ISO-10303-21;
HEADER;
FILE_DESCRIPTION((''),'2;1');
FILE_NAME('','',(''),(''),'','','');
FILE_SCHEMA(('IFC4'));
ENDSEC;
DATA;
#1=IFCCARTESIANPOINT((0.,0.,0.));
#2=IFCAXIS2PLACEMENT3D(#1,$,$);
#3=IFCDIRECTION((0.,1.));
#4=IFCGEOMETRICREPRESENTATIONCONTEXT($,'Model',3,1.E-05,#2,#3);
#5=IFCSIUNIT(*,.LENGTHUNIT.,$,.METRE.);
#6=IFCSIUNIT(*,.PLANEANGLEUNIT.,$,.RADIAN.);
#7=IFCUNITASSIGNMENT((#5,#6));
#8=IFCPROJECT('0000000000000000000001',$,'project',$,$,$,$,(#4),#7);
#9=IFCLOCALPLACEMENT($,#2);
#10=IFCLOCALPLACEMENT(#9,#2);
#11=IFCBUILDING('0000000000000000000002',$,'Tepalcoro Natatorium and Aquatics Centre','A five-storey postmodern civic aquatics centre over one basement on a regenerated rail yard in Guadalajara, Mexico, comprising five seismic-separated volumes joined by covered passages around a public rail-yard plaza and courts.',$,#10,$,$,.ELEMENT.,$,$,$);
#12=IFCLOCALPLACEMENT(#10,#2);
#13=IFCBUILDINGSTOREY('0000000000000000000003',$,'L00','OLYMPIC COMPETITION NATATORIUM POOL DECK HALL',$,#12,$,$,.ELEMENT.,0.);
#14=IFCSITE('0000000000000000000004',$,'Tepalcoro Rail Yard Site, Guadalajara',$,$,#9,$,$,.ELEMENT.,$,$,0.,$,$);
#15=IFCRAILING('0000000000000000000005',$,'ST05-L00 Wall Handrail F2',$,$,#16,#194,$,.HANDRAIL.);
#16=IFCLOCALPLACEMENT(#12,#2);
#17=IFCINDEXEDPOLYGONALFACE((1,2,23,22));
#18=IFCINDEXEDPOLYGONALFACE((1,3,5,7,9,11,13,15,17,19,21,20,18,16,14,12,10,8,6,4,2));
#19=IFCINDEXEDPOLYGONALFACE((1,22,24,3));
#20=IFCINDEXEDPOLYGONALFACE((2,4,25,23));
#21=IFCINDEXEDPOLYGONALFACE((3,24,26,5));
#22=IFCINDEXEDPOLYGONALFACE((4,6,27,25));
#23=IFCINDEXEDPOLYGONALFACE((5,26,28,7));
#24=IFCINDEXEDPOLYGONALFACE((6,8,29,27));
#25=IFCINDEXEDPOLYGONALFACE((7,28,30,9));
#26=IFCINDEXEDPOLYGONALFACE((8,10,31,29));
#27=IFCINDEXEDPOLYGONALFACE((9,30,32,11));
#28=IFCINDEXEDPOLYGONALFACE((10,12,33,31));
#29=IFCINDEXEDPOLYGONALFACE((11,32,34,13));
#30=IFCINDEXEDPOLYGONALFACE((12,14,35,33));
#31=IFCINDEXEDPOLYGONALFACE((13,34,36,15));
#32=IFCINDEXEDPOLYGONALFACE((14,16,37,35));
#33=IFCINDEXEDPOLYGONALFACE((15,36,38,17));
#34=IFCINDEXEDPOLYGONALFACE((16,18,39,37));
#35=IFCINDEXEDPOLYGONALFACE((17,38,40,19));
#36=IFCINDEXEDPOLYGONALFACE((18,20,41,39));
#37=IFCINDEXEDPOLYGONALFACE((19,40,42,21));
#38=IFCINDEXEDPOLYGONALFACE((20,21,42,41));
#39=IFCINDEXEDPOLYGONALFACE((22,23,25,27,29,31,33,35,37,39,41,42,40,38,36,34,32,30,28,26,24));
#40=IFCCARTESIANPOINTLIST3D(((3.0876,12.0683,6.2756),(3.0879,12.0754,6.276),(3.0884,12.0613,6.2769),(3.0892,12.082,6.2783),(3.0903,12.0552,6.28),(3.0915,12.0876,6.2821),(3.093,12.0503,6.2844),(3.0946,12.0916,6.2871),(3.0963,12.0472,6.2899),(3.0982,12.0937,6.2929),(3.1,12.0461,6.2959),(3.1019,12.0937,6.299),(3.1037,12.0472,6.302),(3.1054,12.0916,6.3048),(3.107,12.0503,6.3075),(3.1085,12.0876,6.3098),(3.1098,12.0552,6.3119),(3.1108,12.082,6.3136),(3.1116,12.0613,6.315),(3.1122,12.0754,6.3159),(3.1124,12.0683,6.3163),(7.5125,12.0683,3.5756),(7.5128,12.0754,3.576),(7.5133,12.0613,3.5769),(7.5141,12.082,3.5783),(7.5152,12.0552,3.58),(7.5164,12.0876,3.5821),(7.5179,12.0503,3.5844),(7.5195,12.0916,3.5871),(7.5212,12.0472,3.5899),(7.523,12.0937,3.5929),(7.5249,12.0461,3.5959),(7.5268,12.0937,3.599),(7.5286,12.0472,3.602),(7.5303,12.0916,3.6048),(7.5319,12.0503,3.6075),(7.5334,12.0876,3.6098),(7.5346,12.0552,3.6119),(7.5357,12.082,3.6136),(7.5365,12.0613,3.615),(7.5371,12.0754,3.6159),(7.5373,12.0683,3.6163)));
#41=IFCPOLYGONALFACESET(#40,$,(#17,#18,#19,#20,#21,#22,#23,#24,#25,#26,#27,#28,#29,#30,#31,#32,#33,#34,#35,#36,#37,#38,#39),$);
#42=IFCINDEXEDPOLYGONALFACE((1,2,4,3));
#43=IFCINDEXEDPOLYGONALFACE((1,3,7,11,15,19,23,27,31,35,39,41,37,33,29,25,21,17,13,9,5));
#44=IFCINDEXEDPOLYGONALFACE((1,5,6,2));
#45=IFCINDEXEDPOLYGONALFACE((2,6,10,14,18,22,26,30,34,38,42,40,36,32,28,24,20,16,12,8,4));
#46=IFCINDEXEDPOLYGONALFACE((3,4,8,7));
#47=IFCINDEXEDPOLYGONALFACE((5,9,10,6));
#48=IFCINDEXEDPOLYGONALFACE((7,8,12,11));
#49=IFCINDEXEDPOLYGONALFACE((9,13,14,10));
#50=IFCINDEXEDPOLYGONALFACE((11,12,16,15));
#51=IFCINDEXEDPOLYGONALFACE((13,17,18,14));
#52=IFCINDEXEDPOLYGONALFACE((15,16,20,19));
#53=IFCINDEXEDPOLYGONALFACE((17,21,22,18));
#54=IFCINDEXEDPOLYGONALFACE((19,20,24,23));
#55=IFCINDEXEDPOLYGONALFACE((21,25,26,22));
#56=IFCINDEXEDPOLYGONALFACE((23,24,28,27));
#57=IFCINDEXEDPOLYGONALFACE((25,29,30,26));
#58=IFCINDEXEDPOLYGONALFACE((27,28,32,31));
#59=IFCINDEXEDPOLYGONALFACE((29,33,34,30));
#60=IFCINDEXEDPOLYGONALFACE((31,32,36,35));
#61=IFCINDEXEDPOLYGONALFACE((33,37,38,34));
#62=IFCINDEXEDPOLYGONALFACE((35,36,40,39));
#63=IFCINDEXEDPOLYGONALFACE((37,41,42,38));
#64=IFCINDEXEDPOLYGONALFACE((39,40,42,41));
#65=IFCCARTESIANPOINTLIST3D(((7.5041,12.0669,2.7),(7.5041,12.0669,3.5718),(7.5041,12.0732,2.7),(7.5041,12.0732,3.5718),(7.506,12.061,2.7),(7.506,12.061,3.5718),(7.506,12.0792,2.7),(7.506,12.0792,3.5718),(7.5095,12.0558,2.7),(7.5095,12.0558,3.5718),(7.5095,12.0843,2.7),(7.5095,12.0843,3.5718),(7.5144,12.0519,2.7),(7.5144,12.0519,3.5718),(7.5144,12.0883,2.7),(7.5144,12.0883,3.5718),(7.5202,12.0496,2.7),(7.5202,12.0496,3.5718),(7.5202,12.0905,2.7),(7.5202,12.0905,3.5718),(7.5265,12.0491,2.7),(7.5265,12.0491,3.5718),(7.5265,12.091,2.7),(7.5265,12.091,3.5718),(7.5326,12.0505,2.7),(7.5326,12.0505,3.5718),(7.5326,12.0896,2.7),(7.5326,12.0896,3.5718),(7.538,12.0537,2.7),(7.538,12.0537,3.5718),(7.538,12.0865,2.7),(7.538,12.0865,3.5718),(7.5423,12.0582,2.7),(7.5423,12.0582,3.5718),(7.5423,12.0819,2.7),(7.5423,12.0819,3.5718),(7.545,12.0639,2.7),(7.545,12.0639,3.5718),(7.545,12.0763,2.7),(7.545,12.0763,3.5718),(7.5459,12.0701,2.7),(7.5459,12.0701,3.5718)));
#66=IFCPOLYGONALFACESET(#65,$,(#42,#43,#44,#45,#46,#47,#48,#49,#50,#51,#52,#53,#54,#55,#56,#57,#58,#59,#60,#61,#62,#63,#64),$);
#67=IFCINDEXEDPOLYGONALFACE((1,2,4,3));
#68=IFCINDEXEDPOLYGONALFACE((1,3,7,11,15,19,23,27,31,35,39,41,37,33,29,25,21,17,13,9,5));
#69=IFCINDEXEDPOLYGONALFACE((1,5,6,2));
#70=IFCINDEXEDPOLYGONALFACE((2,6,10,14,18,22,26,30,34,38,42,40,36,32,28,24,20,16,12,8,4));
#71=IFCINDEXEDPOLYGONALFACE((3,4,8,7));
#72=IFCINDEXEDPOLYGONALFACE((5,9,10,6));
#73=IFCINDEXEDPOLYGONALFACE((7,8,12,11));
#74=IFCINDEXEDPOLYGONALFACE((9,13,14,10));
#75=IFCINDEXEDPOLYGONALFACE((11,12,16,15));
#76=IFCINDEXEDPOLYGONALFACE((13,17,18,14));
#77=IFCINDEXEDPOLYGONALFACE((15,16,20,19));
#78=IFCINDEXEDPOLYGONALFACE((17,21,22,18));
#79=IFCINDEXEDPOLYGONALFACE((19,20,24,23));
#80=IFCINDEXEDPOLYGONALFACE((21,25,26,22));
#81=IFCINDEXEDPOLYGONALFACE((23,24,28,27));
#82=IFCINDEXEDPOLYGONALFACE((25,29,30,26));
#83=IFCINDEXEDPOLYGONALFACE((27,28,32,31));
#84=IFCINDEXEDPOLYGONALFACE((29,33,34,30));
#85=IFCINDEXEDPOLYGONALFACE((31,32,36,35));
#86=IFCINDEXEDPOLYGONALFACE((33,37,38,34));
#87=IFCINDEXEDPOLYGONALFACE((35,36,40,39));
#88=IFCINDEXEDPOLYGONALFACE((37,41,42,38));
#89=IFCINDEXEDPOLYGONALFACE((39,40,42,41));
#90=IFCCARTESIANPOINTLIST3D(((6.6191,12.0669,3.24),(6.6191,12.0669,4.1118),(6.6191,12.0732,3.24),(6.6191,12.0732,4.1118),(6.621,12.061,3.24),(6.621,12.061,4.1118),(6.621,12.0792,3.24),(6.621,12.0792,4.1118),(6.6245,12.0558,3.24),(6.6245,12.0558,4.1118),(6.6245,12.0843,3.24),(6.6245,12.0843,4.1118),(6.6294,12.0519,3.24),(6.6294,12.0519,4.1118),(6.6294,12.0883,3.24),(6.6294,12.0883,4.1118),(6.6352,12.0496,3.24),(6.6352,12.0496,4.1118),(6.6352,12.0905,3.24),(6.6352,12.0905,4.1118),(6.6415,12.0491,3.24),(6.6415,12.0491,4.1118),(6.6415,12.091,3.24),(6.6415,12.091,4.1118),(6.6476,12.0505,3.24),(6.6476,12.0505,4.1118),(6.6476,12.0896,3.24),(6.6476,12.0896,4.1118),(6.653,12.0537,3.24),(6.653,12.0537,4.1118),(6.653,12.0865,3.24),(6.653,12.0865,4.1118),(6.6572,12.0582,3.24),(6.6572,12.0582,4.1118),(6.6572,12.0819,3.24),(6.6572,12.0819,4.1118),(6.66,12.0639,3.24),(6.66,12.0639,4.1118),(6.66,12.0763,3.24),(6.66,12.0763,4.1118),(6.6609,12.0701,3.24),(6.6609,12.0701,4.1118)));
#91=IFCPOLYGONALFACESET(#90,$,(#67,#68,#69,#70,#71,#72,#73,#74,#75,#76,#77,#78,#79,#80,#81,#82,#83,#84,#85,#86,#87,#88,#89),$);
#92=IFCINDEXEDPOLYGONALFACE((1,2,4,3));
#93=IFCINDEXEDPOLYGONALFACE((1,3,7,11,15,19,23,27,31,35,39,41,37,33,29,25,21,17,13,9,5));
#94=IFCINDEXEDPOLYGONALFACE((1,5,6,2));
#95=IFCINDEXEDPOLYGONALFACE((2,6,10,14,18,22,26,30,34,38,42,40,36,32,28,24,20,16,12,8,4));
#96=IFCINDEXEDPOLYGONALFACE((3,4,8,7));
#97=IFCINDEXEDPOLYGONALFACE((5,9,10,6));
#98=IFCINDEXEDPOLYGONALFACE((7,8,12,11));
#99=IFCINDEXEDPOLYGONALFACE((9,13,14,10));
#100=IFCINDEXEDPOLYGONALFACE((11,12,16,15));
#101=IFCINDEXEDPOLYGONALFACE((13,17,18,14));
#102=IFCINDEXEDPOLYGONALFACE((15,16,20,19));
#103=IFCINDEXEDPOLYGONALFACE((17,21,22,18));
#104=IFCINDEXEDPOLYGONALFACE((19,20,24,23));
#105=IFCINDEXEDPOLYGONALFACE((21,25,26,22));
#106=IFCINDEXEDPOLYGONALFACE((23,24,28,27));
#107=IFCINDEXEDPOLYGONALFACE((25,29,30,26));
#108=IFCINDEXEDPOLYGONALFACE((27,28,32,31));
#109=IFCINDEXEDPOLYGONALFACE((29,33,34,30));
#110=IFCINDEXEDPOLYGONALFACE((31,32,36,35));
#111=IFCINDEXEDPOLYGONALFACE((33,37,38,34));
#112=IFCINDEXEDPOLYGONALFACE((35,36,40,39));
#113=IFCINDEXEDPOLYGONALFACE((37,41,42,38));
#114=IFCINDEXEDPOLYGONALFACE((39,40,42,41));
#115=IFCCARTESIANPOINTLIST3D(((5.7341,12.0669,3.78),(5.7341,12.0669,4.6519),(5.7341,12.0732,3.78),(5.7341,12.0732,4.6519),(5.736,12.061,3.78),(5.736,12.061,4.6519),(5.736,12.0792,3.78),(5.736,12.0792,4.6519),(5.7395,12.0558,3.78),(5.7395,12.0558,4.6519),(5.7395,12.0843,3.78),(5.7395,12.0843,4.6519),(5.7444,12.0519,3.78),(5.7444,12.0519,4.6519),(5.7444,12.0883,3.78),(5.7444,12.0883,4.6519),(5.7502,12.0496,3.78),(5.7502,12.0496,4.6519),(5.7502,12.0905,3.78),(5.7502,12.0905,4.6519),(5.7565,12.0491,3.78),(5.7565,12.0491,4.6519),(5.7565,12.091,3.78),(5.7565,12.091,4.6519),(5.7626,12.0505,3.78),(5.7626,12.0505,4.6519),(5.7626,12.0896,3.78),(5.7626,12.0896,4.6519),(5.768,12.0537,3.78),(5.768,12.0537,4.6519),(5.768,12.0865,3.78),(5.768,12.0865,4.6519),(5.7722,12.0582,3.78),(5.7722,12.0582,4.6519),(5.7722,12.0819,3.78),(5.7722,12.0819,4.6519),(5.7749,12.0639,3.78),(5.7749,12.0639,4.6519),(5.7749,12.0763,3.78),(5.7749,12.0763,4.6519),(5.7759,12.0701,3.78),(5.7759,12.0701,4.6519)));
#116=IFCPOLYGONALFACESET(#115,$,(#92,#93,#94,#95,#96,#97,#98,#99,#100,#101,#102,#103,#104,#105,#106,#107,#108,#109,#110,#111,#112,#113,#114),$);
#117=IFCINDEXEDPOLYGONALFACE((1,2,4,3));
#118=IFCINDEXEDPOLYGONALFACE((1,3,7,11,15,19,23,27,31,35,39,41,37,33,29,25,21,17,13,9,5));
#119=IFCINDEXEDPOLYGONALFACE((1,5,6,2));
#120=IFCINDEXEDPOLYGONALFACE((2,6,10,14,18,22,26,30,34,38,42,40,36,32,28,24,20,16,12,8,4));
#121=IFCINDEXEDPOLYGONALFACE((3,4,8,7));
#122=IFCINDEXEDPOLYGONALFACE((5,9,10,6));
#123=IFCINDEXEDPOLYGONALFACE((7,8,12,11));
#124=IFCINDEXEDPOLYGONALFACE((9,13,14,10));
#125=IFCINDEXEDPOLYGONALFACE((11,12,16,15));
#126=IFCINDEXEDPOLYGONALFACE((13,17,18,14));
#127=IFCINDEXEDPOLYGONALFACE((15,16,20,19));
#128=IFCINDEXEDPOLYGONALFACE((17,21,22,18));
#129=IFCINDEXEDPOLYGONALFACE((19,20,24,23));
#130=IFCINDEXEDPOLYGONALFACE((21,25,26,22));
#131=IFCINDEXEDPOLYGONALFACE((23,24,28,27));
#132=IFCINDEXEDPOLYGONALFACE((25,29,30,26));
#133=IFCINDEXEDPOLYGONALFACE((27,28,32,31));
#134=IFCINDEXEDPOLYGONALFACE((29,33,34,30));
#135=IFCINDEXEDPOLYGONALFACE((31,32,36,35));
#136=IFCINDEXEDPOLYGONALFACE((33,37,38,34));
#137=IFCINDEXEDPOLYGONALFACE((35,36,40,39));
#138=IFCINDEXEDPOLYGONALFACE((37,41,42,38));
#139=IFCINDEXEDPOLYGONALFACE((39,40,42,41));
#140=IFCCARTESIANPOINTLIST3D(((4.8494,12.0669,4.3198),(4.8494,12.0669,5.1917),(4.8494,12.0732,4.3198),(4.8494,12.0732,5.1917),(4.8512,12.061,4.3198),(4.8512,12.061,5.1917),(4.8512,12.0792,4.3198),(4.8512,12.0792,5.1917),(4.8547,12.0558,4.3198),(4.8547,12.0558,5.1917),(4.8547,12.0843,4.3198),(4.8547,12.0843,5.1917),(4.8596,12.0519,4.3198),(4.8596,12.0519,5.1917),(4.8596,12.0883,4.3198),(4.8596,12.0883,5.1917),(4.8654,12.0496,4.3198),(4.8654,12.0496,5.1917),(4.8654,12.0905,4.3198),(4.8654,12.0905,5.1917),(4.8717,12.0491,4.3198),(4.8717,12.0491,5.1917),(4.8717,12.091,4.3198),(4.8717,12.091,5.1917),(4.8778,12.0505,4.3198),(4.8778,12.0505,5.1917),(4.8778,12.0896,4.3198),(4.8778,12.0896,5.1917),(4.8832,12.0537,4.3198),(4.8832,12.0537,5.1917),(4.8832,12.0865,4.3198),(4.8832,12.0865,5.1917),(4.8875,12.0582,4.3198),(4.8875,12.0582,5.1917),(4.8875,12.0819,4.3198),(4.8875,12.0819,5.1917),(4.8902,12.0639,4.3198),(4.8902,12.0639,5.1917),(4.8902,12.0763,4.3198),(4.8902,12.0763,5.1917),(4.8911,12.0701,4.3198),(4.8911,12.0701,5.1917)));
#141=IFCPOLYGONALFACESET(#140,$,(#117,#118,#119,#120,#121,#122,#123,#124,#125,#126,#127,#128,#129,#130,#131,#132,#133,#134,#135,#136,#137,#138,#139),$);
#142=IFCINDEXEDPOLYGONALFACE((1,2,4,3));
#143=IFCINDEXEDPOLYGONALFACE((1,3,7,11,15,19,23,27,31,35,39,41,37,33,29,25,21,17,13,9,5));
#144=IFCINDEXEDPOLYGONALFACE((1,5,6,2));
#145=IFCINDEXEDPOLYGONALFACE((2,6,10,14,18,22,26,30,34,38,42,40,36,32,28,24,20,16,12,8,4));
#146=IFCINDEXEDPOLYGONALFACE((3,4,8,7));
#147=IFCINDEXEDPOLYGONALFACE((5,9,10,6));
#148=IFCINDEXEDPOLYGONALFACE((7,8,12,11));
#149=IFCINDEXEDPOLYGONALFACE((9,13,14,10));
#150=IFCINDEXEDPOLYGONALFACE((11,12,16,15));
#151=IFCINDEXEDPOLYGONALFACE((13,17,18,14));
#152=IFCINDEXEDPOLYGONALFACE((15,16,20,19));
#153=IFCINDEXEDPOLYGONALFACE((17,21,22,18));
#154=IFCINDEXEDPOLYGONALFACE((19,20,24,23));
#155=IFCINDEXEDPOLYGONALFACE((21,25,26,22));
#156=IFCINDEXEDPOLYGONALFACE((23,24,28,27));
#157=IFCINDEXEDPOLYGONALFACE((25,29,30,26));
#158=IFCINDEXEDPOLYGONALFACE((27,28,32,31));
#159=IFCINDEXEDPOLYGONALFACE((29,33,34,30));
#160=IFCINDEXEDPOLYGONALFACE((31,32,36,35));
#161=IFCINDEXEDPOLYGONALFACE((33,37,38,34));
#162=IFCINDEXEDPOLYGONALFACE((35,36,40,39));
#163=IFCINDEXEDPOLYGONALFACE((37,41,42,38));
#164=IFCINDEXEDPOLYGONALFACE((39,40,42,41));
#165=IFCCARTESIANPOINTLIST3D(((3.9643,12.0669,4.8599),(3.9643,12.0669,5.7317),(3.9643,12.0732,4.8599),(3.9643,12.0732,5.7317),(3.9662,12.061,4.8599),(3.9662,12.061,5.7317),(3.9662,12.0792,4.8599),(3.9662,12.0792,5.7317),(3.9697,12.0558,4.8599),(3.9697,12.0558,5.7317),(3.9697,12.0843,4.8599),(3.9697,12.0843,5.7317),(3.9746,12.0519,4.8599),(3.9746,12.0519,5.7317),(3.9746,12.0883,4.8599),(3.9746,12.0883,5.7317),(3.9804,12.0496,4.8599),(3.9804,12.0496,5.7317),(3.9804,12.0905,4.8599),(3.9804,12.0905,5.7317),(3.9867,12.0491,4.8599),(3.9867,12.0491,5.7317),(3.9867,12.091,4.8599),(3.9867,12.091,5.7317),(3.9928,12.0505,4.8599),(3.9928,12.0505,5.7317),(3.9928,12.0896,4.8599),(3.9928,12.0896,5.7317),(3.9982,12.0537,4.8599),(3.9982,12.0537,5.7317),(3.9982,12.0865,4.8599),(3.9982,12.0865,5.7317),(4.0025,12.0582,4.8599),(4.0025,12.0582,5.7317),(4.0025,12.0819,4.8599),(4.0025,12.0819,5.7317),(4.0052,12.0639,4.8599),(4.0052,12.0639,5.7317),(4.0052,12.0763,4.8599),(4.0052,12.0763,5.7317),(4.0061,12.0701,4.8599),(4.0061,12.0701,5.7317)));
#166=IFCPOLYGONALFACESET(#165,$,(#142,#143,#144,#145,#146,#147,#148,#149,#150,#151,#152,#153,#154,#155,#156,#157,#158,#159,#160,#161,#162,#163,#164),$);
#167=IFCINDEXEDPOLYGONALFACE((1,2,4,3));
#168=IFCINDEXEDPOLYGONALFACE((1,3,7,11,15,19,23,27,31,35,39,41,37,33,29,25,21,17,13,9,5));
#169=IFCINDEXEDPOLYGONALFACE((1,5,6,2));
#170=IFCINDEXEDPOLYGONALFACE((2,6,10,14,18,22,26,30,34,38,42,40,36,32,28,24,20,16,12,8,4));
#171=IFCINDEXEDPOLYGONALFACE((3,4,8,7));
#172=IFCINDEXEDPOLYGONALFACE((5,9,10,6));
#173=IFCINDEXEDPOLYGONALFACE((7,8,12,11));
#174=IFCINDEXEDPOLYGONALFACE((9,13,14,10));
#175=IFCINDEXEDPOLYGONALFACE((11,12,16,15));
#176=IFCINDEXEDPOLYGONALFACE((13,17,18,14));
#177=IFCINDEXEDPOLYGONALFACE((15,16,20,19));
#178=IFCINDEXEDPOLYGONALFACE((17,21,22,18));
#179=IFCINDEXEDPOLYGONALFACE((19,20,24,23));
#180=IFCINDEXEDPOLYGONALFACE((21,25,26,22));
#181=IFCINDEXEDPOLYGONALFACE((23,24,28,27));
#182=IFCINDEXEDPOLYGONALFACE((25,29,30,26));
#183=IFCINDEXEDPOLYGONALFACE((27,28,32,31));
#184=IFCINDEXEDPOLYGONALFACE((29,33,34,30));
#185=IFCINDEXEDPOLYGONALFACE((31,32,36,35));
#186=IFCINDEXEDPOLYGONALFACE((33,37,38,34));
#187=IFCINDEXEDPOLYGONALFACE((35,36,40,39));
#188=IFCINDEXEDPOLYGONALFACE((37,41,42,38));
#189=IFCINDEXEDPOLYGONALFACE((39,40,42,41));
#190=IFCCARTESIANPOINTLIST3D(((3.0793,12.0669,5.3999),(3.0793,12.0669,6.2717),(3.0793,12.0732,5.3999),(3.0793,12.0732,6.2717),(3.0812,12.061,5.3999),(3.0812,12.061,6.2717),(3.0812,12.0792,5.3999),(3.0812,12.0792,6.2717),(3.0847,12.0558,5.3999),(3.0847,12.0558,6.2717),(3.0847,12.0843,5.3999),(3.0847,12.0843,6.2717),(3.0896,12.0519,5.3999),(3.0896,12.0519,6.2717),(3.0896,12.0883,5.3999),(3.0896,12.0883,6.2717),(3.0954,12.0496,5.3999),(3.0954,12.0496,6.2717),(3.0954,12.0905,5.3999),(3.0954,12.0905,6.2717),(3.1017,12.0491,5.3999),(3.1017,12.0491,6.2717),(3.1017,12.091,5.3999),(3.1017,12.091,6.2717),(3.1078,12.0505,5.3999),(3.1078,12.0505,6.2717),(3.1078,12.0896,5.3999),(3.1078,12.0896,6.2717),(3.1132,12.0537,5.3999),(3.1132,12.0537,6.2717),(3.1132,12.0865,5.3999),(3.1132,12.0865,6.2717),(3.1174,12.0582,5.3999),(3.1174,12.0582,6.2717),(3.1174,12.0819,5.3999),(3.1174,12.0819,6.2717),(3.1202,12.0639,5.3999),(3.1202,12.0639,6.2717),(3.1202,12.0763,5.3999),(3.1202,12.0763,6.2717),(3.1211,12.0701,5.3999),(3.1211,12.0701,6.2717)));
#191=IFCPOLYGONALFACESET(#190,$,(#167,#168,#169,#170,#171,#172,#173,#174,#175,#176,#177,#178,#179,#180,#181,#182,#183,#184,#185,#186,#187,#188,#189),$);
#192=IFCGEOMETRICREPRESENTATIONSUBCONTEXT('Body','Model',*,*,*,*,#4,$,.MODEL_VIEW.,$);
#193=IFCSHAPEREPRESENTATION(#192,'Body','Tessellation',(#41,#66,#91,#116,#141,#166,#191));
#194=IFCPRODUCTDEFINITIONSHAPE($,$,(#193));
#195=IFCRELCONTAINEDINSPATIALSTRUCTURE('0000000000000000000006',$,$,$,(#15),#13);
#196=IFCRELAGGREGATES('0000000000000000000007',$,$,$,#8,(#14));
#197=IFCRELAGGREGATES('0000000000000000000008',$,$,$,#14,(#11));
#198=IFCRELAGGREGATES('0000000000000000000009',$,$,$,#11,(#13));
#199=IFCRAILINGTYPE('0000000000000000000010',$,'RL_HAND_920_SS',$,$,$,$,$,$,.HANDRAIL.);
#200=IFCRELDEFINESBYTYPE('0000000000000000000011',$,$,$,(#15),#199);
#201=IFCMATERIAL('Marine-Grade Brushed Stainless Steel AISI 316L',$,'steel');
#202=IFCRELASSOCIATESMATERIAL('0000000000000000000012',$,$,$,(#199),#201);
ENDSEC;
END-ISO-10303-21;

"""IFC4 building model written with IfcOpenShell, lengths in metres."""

from ifc_helpers import new_model, si_unit, direction, frame, origin, origin_2d, place, context, subcontext, project, spatial, circle, extrude, material, type_object, element, save


model = new_model("IFC4")

# Units and contexts
model_context = context("Model", 3, precision=1e-05, world=origin(), true_north=direction((0.0, 1.0)))
body_context = subcontext(model_context, "Body", "Model", "MODEL_VIEW")
ifc_project = project(units=[si_unit("LENGTHUNIT", "METRE"), si_unit("PLANEANGLEUNIT", "RADIAN")], contexts=[model_context])

# Site, building, storey
site_placement = place(None, origin())
site = spatial("IfcSite", under=ifc_project, at=site_placement, Name="Tepalcoro Rail Yard Site, Guadalajara", CompositionType="ELEMENT", RefElevation=0.0)
building_placement = place(site_placement, origin())
building = spatial("IfcBuilding", under=site, at=building_placement, Name="Tepalcoro Natatorium and Aquatics Centre", Description="A five-storey postmodern civic aquatics centre over one basement on a regenerated rail yard in Guadalajara, Mexico, comprising five seismic-separated volumes joined by covered passages around a public rail-yard plaza and courts.", CompositionType="ELEMENT")
storey_placement = place(building_placement, origin())
storey = spatial("IfcBuildingStorey", under=building, at=storey_placement, Name="L00", Description="OLYMPIC COMPETITION NATATORIUM POOL DECK HALL", CompositionType="ELEMENT", Elevation=0.0)

# Railing
ifc_material_1 = material(Name="Marine-Grade Brushed Stainless Steel AISI 316L", Category="steel")
railing_type = type_object("IfcRailingType", Name="RL_HAND_920_SS", PredefinedType="HANDRAIL", material=ifc_material_1)
railing_placement = place(storey_placement, frame((7.5249, 12.0701, 2.7)))
element("IfcRailing", 1, at=railing_placement, inside=storey, type_object=railing_type, Name="ST05-L00 Wall Handrail F2", PredefinedType="HANDRAIL", context=body_context, shape_type="SweptSolid", body=[
    extrude(circle(Radius=0.0239, at=origin_2d()), frame((0.0, 0.0, 0.896), z_axis=(-0.853633, 0.0, 0.520875), x_axis=(0.0, -1.0, 0.0)), (0.0, 0.0, 1.0), 5.1836),
    extrude(circle(Radius=0.021, at=origin_2d()), origin(), (0.0, 0.0, 1.0), 0.8718),
    extrude(circle(Radius=0.021, at=origin_2d()), frame((-0.885, 0.0, 0.54)), (0.0, 0.0, 1.0), 0.8718),
    extrude(circle(Radius=0.021, at=origin_2d()), frame((-1.77, 0.0, 1.0801)), (0.0, 0.0, 1.0), 0.8718),
    extrude(circle(Radius=0.021, at=origin_2d()), frame((-2.6548, 0.0, 1.6199)), (0.0, 0.0, 1.0), 0.8718),
    extrude(circle(Radius=0.021, at=origin_2d()), frame((-3.5398, 0.0, 2.1599)), (0.0, 0.0, 1.0), 0.8718),
    extrude(circle(Radius=0.021, at=origin_2d()), frame((-4.4248, 0.0, 2.7)), (0.0, 0.0, 1.0), 0.8718),
])

save(model, "model.ifc")
